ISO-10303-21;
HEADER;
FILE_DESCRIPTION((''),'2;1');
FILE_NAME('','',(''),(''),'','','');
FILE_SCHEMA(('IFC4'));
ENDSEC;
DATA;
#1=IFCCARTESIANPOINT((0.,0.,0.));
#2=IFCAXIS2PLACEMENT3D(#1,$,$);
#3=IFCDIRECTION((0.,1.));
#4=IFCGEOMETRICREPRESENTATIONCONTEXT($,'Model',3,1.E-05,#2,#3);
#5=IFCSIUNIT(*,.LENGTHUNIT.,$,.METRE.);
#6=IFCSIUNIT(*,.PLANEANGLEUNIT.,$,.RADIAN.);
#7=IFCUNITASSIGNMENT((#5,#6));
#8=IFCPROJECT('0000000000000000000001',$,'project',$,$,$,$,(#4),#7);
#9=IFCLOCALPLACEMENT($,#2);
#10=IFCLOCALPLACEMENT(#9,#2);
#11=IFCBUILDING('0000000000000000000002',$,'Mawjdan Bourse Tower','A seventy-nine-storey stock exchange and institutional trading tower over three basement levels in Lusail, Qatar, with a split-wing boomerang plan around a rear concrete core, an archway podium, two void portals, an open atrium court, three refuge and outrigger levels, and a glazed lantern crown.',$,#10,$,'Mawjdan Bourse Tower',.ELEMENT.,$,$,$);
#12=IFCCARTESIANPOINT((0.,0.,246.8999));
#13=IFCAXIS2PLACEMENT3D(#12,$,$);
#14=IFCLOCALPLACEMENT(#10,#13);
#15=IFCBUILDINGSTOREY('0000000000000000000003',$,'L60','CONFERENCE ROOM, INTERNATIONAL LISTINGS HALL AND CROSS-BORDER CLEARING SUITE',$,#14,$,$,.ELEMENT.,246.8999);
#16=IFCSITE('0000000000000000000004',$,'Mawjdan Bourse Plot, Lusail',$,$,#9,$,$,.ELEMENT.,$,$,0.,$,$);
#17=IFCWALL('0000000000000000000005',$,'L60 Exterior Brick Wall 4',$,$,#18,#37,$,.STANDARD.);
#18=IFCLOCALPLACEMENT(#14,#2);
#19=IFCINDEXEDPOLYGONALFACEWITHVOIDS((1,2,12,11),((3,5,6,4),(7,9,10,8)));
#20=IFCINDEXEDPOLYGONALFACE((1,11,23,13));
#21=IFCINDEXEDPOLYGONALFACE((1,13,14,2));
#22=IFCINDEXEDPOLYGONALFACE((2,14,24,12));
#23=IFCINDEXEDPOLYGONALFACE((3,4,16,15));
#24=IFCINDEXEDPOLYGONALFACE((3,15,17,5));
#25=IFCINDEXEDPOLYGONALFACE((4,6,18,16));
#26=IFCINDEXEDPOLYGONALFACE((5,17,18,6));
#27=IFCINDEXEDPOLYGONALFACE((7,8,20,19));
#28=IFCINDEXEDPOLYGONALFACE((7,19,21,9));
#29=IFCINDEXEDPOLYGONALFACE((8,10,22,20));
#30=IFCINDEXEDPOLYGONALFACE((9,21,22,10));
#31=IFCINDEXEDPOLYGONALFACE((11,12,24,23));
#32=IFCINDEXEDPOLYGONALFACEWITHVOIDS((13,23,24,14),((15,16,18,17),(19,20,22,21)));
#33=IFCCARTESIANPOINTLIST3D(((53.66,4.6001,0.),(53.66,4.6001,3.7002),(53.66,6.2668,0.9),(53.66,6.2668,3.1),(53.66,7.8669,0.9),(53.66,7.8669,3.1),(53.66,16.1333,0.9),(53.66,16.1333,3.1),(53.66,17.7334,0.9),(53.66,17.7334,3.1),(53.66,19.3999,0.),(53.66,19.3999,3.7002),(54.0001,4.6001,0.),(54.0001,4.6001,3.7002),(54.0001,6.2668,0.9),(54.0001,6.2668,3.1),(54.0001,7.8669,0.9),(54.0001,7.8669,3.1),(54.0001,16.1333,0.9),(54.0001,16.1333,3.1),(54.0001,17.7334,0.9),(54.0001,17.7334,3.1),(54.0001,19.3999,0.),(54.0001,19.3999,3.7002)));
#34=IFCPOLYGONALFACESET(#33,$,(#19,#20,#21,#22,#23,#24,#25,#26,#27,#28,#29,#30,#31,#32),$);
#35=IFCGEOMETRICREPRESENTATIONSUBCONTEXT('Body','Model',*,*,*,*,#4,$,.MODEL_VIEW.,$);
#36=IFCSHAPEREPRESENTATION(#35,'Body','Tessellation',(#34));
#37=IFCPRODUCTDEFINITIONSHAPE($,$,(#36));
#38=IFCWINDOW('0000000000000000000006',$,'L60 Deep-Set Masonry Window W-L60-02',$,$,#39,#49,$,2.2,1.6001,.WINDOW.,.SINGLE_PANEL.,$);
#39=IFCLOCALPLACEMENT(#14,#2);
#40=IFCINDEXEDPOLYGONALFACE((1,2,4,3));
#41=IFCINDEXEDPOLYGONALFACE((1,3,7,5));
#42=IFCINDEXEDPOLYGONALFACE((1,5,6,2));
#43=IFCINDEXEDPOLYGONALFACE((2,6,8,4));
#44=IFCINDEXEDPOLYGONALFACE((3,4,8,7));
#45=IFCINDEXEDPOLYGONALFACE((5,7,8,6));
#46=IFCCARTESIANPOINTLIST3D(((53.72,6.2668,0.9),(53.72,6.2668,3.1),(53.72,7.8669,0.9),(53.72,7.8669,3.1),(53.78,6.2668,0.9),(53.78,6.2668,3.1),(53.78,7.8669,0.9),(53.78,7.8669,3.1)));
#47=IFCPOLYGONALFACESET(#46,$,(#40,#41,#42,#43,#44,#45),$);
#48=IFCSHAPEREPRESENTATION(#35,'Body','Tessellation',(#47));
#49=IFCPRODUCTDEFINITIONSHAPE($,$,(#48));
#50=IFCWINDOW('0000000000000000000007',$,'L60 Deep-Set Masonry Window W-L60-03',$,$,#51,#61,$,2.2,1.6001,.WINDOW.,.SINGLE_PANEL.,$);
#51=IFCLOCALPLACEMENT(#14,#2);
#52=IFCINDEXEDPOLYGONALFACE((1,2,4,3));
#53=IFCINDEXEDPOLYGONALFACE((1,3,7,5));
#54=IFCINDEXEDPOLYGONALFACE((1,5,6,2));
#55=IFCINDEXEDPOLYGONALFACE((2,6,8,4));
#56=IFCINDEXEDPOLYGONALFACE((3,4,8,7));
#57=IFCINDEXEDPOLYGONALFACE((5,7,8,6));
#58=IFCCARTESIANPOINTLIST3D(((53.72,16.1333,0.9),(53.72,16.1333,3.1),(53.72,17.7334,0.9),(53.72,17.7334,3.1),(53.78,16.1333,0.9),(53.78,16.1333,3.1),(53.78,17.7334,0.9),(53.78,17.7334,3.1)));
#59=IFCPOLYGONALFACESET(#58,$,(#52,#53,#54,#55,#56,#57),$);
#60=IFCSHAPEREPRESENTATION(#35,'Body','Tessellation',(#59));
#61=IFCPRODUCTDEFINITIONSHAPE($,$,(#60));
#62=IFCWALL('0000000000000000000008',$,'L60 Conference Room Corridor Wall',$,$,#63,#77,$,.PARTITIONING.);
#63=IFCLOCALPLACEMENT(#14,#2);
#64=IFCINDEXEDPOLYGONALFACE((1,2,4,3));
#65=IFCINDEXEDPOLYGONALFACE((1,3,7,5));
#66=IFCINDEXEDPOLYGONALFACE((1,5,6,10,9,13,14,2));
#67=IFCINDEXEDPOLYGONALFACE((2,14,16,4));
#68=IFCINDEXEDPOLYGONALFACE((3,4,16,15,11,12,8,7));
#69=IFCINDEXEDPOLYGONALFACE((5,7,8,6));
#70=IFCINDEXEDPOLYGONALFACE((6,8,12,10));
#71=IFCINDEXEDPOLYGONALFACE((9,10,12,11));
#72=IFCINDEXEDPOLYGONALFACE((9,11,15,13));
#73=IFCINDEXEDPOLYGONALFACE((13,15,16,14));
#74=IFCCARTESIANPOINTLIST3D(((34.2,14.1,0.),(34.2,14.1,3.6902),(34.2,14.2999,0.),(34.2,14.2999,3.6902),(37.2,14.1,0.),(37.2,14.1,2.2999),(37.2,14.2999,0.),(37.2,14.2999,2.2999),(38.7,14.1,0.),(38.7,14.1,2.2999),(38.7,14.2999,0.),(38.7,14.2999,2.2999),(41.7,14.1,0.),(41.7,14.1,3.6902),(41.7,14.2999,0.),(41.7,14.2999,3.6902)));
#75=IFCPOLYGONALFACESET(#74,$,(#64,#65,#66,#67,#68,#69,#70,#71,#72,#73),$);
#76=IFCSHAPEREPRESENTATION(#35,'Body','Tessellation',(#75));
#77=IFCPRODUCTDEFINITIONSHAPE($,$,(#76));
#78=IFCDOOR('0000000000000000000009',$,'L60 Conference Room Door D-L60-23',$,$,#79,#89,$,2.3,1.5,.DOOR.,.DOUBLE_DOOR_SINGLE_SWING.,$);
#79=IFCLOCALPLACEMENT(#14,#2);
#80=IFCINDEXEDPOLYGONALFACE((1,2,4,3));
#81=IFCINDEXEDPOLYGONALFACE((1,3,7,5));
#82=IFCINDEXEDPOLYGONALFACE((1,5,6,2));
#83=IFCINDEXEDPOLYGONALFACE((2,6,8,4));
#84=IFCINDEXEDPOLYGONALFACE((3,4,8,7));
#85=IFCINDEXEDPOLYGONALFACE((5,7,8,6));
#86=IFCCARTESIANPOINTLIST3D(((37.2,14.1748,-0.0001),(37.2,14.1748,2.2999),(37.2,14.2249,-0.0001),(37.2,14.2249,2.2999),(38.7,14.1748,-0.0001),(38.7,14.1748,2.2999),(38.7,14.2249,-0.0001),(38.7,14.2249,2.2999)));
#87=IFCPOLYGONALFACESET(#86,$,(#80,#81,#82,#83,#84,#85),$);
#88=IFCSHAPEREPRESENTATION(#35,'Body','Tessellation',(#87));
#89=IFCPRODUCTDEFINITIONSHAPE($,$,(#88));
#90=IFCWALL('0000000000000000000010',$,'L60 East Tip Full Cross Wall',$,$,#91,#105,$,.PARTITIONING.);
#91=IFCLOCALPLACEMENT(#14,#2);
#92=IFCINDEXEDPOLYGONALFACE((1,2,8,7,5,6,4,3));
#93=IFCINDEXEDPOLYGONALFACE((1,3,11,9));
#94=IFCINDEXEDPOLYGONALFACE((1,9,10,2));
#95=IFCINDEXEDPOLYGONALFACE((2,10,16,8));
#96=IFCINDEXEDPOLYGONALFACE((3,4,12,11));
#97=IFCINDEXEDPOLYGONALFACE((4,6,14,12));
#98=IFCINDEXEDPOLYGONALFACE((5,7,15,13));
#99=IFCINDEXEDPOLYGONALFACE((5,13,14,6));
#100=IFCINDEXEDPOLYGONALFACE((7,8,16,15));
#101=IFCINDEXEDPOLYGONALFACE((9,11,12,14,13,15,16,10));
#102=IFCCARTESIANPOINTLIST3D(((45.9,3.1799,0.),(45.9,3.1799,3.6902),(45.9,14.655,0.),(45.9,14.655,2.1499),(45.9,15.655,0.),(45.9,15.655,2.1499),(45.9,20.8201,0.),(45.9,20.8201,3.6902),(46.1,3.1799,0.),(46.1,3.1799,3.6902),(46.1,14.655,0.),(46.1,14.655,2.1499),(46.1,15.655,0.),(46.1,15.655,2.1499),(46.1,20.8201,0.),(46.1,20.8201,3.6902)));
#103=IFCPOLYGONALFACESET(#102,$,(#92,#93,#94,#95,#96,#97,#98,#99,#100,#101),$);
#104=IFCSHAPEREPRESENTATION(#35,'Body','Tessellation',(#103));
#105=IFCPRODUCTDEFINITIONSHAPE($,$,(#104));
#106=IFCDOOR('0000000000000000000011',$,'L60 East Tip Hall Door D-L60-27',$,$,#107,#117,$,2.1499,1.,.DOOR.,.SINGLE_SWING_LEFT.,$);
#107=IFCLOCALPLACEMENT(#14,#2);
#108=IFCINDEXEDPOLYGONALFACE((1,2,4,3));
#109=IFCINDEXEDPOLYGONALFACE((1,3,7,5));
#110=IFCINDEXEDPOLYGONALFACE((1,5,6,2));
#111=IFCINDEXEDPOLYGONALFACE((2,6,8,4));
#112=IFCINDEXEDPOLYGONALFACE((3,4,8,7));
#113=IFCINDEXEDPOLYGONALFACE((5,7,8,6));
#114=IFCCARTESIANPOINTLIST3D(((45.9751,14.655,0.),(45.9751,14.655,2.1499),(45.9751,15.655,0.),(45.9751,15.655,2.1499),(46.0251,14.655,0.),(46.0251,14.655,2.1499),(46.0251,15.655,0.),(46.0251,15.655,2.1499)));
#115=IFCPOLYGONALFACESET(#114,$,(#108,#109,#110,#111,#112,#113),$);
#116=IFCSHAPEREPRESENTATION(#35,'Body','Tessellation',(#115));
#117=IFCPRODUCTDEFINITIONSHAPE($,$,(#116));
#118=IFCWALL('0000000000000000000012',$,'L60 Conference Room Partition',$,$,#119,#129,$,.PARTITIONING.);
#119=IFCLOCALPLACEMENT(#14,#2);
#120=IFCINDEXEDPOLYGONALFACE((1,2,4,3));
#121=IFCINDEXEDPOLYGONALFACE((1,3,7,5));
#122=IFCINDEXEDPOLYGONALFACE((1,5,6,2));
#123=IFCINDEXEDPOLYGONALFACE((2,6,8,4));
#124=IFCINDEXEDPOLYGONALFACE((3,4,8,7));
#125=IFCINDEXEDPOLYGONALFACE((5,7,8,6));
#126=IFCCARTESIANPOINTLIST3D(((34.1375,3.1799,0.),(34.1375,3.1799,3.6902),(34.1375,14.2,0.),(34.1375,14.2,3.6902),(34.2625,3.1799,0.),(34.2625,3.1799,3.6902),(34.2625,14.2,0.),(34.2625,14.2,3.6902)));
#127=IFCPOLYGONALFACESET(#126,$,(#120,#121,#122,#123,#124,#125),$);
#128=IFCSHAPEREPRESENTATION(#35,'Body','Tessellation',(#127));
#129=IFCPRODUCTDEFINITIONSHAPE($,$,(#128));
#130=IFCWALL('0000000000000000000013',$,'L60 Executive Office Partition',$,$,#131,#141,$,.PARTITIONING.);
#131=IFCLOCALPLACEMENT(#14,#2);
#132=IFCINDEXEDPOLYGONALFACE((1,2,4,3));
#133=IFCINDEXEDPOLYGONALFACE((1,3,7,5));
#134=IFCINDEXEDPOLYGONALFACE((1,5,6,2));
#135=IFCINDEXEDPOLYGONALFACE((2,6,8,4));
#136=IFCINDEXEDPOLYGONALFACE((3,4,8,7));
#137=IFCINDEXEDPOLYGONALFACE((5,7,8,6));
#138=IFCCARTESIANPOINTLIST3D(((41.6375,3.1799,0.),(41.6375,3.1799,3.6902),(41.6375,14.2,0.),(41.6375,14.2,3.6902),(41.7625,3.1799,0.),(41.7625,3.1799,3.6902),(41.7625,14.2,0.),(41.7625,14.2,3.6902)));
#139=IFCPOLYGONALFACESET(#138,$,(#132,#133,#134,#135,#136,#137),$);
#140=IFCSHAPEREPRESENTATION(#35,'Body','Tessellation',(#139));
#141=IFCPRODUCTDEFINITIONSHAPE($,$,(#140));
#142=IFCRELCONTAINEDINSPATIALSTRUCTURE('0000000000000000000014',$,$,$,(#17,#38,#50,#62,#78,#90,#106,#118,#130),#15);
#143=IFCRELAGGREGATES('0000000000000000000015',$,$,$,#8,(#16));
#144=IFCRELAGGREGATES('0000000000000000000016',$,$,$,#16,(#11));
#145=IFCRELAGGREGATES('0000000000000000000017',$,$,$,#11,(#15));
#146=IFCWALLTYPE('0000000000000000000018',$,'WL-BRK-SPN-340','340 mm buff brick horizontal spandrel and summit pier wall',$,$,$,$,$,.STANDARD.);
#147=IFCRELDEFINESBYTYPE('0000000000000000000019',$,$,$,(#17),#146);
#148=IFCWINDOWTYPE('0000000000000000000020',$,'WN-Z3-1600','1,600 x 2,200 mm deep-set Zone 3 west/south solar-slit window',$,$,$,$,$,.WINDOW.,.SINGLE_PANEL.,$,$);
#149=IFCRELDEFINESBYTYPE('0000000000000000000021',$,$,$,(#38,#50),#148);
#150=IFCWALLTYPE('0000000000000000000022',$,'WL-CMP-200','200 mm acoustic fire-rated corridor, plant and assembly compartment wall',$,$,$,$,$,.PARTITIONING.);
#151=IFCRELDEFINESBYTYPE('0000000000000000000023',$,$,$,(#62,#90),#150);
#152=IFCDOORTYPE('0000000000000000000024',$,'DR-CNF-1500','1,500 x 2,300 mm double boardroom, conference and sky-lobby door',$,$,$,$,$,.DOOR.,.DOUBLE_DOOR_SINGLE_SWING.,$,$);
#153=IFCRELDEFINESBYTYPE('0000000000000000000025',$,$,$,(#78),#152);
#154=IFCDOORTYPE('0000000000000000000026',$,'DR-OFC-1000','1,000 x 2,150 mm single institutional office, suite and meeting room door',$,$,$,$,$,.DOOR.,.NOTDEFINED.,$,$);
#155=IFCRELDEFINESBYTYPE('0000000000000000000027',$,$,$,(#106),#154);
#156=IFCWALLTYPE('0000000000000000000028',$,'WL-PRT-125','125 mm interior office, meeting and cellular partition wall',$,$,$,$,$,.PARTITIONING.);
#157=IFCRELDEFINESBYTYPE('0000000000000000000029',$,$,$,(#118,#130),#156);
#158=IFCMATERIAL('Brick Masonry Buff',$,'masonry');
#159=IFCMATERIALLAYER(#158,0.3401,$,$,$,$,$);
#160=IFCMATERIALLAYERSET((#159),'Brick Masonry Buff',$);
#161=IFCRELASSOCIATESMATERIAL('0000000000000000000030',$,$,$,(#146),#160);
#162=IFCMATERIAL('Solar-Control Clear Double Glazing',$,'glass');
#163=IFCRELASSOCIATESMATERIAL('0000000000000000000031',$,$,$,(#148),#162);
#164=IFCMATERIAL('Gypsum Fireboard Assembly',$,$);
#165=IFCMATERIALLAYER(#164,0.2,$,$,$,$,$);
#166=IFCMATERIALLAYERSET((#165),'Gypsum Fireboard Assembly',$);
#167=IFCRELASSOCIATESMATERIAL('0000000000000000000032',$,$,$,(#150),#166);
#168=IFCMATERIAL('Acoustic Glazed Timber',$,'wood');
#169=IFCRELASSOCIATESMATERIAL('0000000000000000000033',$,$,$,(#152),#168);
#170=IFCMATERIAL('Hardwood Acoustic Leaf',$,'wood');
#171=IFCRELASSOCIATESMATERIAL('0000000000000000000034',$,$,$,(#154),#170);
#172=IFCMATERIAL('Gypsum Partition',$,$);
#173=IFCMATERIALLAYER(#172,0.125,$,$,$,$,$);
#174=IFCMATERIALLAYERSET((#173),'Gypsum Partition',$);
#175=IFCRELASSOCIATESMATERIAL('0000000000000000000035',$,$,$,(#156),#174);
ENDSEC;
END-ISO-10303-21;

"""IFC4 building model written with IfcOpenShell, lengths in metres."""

from ifc_helpers import new_model, si_unit, direction, frame, frame_2d, origin, place, context, subcontext, project, spatial, rectangle, extrude, material, layer, layer_set, type_object, element, fill, save


model = new_model("IFC4")

# Units and contexts
model_context = context("Model", 3, precision=1e-05, world=origin(), true_north=direction((0.0, 1.0)))
body_context = subcontext(model_context, "Body", "Model", "MODEL_VIEW")
ifc_project = project(units=[si_unit("LENGTHUNIT", "METRE"), si_unit("PLANEANGLEUNIT", "RADIAN")], contexts=[model_context])

# Site, building, storey
site_placement = place(None, origin())
site = spatial("IfcSite", under=ifc_project, at=site_placement, Name="Mawjdan Bourse Plot, Lusail", CompositionType="ELEMENT", RefElevation=0.0)
building_placement = place(site_placement, origin())
building = spatial("IfcBuilding", under=site, at=building_placement, Name="Mawjdan Bourse Tower", Description="A seventy-nine-storey stock exchange and institutional trading tower over three basement levels in Lusail, Qatar, with a split-wing boomerang plan around a rear concrete core, an archway podium, two void portals, an open atrium court, three refuge and outrigger levels, and a glazed lantern crown.", LongName="Mawjdan Bourse Tower", CompositionType="ELEMENT")
storey_placement = place(building_placement, frame((0.0, 0.0, 246.8999)))
storey = spatial("IfcBuildingStorey", under=building, at=storey_placement, Name="L60", Description="CONFERENCE ROOM, INTERNATIONAL LISTINGS HALL AND CROSS-BORDER CLEARING SUITE", CompositionType="ELEMENT", Elevation=246.8999)

# Shared definitions
ifc_material_1 = material(Name="Brick Masonry Buff", Category="masonry")
ifc_layer_1 = layer(ifc_material_1, 0.3401)
ifc_layer_set_1 = layer_set([ifc_layer_1], Name="Brick Masonry Buff")
wall_type_1 = type_object("IfcWallType", Name="WL-BRK-SPN-340", Description="340 mm buff brick horizontal spandrel and summit pier wall", PredefinedType="STANDARD", material=ifc_layer_set_1)

# Wall, openings, windows
wall_1_placement = place(storey_placement, frame((53.8301, 4.6001, 0.0), z_axis=(0.0, 0.0, 1.0), x_axis=(0.0, 1.0, 0.0)))
wall_1 = element("IfcWall", 1, at=wall_1_placement, inside=storey, type_object=wall_type_1, Name="L60 Exterior Brick Wall 4", PredefinedType="STANDARD", context=body_context, shape_type="SweptSolid", body=[
    extrude(rectangle(XDim=14.7998, YDim=0.3401, at=frame_2d((7.3999, 0.0))), origin(), (0.0, 0.0, 1.0), 3.7002),
])
opening_1_placement = place(wall_1_placement, frame((1.6667, 0.0, 0.8999)))
opening_1 = element("IfcOpeningElement", 2, at=opening_1_placement, cuts=wall_1, PredefinedType="OPENING", context=body_context, shape_type="SweptSolid", body=[
    extrude(rectangle(XDim=1.6001, YDim=2.2, at=frame_2d((0.8, 1.1001))), frame((0.0, 0.1802, 0.0), z_axis=(0.0, -1.0, 0.0), x_axis=(1.0, 0.0, 0.0)), (0.0, 0.0, 1.0), 0.3601),
])
opening_2_placement = place(wall_1_placement, frame((11.5332, 0.0, 0.8999)))
opening_2 = element("IfcOpeningElement", 3, at=opening_2_placement, cuts=wall_1, PredefinedType="OPENING", context=body_context, shape_type="SweptSolid", body=[
    extrude(rectangle(XDim=1.6001, YDim=2.2, at=frame_2d((0.8, 1.1001))), frame((0.0, 0.1802, 0.0), z_axis=(0.0, -1.0, 0.0), x_axis=(1.0, 0.0, 0.0)), (0.0, 0.0, 1.0), 0.3601),
])
ifc_material_2 = material(Name="Solar-Control Clear Double Glazing", Category="glass")
window_type = type_object("IfcWindowType", Name="WN-Z3-1600", Description="1,600 x 2,200 mm deep-set Zone 3 west/south solar-slit window", PartitioningType="SINGLE_PANEL", PredefinedType="WINDOW", material=ifc_material_2)
window_1_placement = place(opening_1_placement, origin())
window_1 = element("IfcWindow", 4, at=window_1_placement, inside=storey, type_object=window_type, Name="L60 Deep-Set Masonry Window W-L60-02", OverallHeight=2.2, OverallWidth=1.6001, PartitioningType="SINGLE_PANEL", PredefinedType="WINDOW", context=body_context, shape_type="SweptSolid", body=[
    extrude(rectangle(XDim=1.6001, YDim=2.2, at=frame_2d((0.8, 1.1001))), frame((0.0, 0.1101, 0.0), z_axis=(0.0, -1.0, 0.0), x_axis=(1.0, 0.0, 0.0)), (0.0, 0.0, 1.0), 0.0601),
])
fill(opening_1, window_1)
window_2_placement = place(opening_2_placement, origin())
window_2 = element("IfcWindow", 5, at=window_2_placement, inside=storey, type_object=window_type, Name="L60 Deep-Set Masonry Window W-L60-03", OverallHeight=2.2, OverallWidth=1.6001, PartitioningType="SINGLE_PANEL", PredefinedType="WINDOW", context=body_context, shape_type="SweptSolid", body=[
    extrude(rectangle(XDim=1.6001, YDim=2.2, at=frame_2d((0.8, 1.1001))), frame((0.0, 0.1101, 0.0), z_axis=(0.0, -1.0, 0.0), x_axis=(1.0, 0.0, 0.0)), (0.0, 0.0, 1.0), 0.0601),
])
fill(opening_2, window_2)

# Walls, openings, doors
ifc_material_3 = material(Name="Gypsum Fireboard Assembly")
ifc_layer_2 = layer(ifc_material_3, 0.2)
ifc_layer_set_2 = layer_set([ifc_layer_2], Name="Gypsum Fireboard Assembly")
wall_type_2 = type_object("IfcWallType", Name="WL-CMP-200", Description="200 mm acoustic fire-rated corridor, plant and assembly compartment wall", PredefinedType="PARTITIONING", material=ifc_layer_set_2)
wall_2_placement = place(storey_placement, frame((34.2, 14.2, 0.0), z_axis=(0.0, 0.0, 1.0), x_axis=(1.0, 0.0, 0.0)))
wall_2 = element("IfcWall", 6, at=wall_2_placement, inside=storey, type_object=wall_type_2, Name="L60 Conference Room Corridor Wall", PredefinedType="PARTITIONING", context=body_context, shape_type="SweptSolid", body=[
    extrude(rectangle(XDim=7.5, YDim=0.2, at=frame_2d((3.75, 0.0))), origin(), (0.0, 0.0, 1.0), 3.6902),
])
opening_3_placement = place(wall_2_placement, frame((3.0, 0.0, 0.0)))
opening_3 = element("IfcOpeningElement", 7, at=opening_3_placement, cuts=wall_2, PredefinedType="OPENING", context=body_context, shape_type="SweptSolid", body=[
    extrude(rectangle(XDim=1.5, YDim=2.3, at=frame_2d((0.75, 1.1499))), frame((0.0, 0.1099, 0.0), z_axis=(0.0, -1.0, 0.0), x_axis=(1.0, 0.0, 0.0)), (0.0, 0.0, 1.0), 0.22),
])
ifc_material_4 = material(Name="Acoustic Glazed Timber", Category="wood")
door_type_1 = type_object("IfcDoorType", Name="DR-CNF-1500", Description="1,500 x 2,300 mm double boardroom, conference and sky-lobby door", OperationType="DOUBLE_DOOR_SINGLE_SWING", PredefinedType="DOOR", material=ifc_material_4)
door_1_placement = place(opening_3_placement, origin())
door_1 = element("IfcDoor", 8, at=door_1_placement, inside=storey, type_object=door_type_1, Name="L60 Conference Room Door D-L60-23", OperationType="DOUBLE_DOOR_SINGLE_SWING", OverallHeight=2.3, OverallWidth=1.5, PredefinedType="DOOR", context=body_context, shape_type="SweptSolid", body=[
    extrude(rectangle(XDim=1.5, YDim=2.3, at=frame_2d((0.75, 1.1499))), frame((0.0, 0.0249, 0.0), z_axis=(0.0, -1.0, 0.0), x_axis=(1.0, 0.0, 0.0)), (0.0, 0.0, 1.0), 0.05),
])
fill(opening_3, door_1)
ifc_material_5 = material(Name="Hardwood Acoustic Leaf", Category="wood")
door_type_2 = type_object("IfcDoorType", Name="DR-OFC-1000", Description="1,000 x 2,150 mm single institutional office, suite and meeting room door", OperationType="NOTDEFINED", PredefinedType="DOOR", material=ifc_material_5)
wall_3_placement = place(storey_placement, frame((46.0, 3.1799, 0.0), z_axis=(0.0, 0.0, 1.0), x_axis=(0.0, 1.0, 0.0)))
wall_3 = element("IfcWall", 9, at=wall_3_placement, inside=storey, type_object=wall_type_2, Name="L60 East Tip Full Cross Wall", PredefinedType="PARTITIONING", context=body_context, shape_type="SweptSolid", body=[
    extrude(rectangle(XDim=17.6401, YDim=0.2, at=frame_2d((8.8201, 0.0))), origin(), (0.0, 0.0, 1.0), 3.6902),
])
opening_4_placement = place(wall_3_placement, frame((11.4751, 0.0, 0.0)))
opening_4 = element("IfcOpeningElement", 10, at=opening_4_placement, cuts=wall_3, PredefinedType="OPENING", context=body_context, shape_type="SweptSolid", body=[
    extrude(rectangle(XDim=1.0, YDim=2.1499, at=frame_2d((0.5, 1.075))), frame((0.0, 0.1099, 0.0), z_axis=(0.0, -1.0, 0.0), x_axis=(1.0, 0.0, 0.0)), (0.0, 0.0, 1.0), 0.22),
])
door_2_placement = place(opening_4_placement, origin())
door_2 = element("IfcDoor", 11, at=door_2_placement, inside=storey, type_object=door_type_2, Name="L60 East Tip Hall Door D-L60-27", OperationType="SINGLE_SWING_LEFT", OverallHeight=2.1499, OverallWidth=1.0, PredefinedType="DOOR", context=body_context, shape_type="SweptSolid", body=[
    extrude(rectangle(XDim=1.0, YDim=2.1499, at=frame_2d((0.5, 1.075))), frame((0.0, 0.0249, 0.0), z_axis=(0.0, -1.0, 0.0), x_axis=(1.0, 0.0, 0.0)), (0.0, 0.0, 1.0), 0.05),
])
fill(opening_4, door_2)

# Walls
ifc_material_6 = material(Name="Gypsum Partition")
ifc_layer_3 = layer(ifc_material_6, 0.125)
ifc_layer_set_3 = layer_set([ifc_layer_3], Name="Gypsum Partition")
wall_type_3 = type_object("IfcWallType", Name="WL-PRT-125", Description="125 mm interior office, meeting and cellular partition wall", PredefinedType="PARTITIONING", material=ifc_layer_set_3)
for number, where, z_axis, x_axis, name in (
    (12, (34.2, 3.1799, 0.0), (0.0, 0.0, 1.0), (0.0, 1.0, 0.0), "L60 Conference Room Partition"),
    (13, (41.7, 3.1799, 0.0), (0.0, 0.0, 1.0), (0.0, 1.0, 0.0), "L60 Executive Office Partition"),
):
    element("IfcWall", number, at=place(storey_placement, frame(where, z_axis=z_axis, x_axis=x_axis)), inside=storey, type_object=wall_type_3, Name=name, PredefinedType="PARTITIONING", context=body_context, shape_type="SweptSolid", body=[
        extrude(rectangle(XDim=11.02, YDim=0.125, at=frame_2d((5.51, 0.0))), origin(), (0.0, 0.0, 1.0), 3.6902),
    ])

save(model, "model.ifc")
